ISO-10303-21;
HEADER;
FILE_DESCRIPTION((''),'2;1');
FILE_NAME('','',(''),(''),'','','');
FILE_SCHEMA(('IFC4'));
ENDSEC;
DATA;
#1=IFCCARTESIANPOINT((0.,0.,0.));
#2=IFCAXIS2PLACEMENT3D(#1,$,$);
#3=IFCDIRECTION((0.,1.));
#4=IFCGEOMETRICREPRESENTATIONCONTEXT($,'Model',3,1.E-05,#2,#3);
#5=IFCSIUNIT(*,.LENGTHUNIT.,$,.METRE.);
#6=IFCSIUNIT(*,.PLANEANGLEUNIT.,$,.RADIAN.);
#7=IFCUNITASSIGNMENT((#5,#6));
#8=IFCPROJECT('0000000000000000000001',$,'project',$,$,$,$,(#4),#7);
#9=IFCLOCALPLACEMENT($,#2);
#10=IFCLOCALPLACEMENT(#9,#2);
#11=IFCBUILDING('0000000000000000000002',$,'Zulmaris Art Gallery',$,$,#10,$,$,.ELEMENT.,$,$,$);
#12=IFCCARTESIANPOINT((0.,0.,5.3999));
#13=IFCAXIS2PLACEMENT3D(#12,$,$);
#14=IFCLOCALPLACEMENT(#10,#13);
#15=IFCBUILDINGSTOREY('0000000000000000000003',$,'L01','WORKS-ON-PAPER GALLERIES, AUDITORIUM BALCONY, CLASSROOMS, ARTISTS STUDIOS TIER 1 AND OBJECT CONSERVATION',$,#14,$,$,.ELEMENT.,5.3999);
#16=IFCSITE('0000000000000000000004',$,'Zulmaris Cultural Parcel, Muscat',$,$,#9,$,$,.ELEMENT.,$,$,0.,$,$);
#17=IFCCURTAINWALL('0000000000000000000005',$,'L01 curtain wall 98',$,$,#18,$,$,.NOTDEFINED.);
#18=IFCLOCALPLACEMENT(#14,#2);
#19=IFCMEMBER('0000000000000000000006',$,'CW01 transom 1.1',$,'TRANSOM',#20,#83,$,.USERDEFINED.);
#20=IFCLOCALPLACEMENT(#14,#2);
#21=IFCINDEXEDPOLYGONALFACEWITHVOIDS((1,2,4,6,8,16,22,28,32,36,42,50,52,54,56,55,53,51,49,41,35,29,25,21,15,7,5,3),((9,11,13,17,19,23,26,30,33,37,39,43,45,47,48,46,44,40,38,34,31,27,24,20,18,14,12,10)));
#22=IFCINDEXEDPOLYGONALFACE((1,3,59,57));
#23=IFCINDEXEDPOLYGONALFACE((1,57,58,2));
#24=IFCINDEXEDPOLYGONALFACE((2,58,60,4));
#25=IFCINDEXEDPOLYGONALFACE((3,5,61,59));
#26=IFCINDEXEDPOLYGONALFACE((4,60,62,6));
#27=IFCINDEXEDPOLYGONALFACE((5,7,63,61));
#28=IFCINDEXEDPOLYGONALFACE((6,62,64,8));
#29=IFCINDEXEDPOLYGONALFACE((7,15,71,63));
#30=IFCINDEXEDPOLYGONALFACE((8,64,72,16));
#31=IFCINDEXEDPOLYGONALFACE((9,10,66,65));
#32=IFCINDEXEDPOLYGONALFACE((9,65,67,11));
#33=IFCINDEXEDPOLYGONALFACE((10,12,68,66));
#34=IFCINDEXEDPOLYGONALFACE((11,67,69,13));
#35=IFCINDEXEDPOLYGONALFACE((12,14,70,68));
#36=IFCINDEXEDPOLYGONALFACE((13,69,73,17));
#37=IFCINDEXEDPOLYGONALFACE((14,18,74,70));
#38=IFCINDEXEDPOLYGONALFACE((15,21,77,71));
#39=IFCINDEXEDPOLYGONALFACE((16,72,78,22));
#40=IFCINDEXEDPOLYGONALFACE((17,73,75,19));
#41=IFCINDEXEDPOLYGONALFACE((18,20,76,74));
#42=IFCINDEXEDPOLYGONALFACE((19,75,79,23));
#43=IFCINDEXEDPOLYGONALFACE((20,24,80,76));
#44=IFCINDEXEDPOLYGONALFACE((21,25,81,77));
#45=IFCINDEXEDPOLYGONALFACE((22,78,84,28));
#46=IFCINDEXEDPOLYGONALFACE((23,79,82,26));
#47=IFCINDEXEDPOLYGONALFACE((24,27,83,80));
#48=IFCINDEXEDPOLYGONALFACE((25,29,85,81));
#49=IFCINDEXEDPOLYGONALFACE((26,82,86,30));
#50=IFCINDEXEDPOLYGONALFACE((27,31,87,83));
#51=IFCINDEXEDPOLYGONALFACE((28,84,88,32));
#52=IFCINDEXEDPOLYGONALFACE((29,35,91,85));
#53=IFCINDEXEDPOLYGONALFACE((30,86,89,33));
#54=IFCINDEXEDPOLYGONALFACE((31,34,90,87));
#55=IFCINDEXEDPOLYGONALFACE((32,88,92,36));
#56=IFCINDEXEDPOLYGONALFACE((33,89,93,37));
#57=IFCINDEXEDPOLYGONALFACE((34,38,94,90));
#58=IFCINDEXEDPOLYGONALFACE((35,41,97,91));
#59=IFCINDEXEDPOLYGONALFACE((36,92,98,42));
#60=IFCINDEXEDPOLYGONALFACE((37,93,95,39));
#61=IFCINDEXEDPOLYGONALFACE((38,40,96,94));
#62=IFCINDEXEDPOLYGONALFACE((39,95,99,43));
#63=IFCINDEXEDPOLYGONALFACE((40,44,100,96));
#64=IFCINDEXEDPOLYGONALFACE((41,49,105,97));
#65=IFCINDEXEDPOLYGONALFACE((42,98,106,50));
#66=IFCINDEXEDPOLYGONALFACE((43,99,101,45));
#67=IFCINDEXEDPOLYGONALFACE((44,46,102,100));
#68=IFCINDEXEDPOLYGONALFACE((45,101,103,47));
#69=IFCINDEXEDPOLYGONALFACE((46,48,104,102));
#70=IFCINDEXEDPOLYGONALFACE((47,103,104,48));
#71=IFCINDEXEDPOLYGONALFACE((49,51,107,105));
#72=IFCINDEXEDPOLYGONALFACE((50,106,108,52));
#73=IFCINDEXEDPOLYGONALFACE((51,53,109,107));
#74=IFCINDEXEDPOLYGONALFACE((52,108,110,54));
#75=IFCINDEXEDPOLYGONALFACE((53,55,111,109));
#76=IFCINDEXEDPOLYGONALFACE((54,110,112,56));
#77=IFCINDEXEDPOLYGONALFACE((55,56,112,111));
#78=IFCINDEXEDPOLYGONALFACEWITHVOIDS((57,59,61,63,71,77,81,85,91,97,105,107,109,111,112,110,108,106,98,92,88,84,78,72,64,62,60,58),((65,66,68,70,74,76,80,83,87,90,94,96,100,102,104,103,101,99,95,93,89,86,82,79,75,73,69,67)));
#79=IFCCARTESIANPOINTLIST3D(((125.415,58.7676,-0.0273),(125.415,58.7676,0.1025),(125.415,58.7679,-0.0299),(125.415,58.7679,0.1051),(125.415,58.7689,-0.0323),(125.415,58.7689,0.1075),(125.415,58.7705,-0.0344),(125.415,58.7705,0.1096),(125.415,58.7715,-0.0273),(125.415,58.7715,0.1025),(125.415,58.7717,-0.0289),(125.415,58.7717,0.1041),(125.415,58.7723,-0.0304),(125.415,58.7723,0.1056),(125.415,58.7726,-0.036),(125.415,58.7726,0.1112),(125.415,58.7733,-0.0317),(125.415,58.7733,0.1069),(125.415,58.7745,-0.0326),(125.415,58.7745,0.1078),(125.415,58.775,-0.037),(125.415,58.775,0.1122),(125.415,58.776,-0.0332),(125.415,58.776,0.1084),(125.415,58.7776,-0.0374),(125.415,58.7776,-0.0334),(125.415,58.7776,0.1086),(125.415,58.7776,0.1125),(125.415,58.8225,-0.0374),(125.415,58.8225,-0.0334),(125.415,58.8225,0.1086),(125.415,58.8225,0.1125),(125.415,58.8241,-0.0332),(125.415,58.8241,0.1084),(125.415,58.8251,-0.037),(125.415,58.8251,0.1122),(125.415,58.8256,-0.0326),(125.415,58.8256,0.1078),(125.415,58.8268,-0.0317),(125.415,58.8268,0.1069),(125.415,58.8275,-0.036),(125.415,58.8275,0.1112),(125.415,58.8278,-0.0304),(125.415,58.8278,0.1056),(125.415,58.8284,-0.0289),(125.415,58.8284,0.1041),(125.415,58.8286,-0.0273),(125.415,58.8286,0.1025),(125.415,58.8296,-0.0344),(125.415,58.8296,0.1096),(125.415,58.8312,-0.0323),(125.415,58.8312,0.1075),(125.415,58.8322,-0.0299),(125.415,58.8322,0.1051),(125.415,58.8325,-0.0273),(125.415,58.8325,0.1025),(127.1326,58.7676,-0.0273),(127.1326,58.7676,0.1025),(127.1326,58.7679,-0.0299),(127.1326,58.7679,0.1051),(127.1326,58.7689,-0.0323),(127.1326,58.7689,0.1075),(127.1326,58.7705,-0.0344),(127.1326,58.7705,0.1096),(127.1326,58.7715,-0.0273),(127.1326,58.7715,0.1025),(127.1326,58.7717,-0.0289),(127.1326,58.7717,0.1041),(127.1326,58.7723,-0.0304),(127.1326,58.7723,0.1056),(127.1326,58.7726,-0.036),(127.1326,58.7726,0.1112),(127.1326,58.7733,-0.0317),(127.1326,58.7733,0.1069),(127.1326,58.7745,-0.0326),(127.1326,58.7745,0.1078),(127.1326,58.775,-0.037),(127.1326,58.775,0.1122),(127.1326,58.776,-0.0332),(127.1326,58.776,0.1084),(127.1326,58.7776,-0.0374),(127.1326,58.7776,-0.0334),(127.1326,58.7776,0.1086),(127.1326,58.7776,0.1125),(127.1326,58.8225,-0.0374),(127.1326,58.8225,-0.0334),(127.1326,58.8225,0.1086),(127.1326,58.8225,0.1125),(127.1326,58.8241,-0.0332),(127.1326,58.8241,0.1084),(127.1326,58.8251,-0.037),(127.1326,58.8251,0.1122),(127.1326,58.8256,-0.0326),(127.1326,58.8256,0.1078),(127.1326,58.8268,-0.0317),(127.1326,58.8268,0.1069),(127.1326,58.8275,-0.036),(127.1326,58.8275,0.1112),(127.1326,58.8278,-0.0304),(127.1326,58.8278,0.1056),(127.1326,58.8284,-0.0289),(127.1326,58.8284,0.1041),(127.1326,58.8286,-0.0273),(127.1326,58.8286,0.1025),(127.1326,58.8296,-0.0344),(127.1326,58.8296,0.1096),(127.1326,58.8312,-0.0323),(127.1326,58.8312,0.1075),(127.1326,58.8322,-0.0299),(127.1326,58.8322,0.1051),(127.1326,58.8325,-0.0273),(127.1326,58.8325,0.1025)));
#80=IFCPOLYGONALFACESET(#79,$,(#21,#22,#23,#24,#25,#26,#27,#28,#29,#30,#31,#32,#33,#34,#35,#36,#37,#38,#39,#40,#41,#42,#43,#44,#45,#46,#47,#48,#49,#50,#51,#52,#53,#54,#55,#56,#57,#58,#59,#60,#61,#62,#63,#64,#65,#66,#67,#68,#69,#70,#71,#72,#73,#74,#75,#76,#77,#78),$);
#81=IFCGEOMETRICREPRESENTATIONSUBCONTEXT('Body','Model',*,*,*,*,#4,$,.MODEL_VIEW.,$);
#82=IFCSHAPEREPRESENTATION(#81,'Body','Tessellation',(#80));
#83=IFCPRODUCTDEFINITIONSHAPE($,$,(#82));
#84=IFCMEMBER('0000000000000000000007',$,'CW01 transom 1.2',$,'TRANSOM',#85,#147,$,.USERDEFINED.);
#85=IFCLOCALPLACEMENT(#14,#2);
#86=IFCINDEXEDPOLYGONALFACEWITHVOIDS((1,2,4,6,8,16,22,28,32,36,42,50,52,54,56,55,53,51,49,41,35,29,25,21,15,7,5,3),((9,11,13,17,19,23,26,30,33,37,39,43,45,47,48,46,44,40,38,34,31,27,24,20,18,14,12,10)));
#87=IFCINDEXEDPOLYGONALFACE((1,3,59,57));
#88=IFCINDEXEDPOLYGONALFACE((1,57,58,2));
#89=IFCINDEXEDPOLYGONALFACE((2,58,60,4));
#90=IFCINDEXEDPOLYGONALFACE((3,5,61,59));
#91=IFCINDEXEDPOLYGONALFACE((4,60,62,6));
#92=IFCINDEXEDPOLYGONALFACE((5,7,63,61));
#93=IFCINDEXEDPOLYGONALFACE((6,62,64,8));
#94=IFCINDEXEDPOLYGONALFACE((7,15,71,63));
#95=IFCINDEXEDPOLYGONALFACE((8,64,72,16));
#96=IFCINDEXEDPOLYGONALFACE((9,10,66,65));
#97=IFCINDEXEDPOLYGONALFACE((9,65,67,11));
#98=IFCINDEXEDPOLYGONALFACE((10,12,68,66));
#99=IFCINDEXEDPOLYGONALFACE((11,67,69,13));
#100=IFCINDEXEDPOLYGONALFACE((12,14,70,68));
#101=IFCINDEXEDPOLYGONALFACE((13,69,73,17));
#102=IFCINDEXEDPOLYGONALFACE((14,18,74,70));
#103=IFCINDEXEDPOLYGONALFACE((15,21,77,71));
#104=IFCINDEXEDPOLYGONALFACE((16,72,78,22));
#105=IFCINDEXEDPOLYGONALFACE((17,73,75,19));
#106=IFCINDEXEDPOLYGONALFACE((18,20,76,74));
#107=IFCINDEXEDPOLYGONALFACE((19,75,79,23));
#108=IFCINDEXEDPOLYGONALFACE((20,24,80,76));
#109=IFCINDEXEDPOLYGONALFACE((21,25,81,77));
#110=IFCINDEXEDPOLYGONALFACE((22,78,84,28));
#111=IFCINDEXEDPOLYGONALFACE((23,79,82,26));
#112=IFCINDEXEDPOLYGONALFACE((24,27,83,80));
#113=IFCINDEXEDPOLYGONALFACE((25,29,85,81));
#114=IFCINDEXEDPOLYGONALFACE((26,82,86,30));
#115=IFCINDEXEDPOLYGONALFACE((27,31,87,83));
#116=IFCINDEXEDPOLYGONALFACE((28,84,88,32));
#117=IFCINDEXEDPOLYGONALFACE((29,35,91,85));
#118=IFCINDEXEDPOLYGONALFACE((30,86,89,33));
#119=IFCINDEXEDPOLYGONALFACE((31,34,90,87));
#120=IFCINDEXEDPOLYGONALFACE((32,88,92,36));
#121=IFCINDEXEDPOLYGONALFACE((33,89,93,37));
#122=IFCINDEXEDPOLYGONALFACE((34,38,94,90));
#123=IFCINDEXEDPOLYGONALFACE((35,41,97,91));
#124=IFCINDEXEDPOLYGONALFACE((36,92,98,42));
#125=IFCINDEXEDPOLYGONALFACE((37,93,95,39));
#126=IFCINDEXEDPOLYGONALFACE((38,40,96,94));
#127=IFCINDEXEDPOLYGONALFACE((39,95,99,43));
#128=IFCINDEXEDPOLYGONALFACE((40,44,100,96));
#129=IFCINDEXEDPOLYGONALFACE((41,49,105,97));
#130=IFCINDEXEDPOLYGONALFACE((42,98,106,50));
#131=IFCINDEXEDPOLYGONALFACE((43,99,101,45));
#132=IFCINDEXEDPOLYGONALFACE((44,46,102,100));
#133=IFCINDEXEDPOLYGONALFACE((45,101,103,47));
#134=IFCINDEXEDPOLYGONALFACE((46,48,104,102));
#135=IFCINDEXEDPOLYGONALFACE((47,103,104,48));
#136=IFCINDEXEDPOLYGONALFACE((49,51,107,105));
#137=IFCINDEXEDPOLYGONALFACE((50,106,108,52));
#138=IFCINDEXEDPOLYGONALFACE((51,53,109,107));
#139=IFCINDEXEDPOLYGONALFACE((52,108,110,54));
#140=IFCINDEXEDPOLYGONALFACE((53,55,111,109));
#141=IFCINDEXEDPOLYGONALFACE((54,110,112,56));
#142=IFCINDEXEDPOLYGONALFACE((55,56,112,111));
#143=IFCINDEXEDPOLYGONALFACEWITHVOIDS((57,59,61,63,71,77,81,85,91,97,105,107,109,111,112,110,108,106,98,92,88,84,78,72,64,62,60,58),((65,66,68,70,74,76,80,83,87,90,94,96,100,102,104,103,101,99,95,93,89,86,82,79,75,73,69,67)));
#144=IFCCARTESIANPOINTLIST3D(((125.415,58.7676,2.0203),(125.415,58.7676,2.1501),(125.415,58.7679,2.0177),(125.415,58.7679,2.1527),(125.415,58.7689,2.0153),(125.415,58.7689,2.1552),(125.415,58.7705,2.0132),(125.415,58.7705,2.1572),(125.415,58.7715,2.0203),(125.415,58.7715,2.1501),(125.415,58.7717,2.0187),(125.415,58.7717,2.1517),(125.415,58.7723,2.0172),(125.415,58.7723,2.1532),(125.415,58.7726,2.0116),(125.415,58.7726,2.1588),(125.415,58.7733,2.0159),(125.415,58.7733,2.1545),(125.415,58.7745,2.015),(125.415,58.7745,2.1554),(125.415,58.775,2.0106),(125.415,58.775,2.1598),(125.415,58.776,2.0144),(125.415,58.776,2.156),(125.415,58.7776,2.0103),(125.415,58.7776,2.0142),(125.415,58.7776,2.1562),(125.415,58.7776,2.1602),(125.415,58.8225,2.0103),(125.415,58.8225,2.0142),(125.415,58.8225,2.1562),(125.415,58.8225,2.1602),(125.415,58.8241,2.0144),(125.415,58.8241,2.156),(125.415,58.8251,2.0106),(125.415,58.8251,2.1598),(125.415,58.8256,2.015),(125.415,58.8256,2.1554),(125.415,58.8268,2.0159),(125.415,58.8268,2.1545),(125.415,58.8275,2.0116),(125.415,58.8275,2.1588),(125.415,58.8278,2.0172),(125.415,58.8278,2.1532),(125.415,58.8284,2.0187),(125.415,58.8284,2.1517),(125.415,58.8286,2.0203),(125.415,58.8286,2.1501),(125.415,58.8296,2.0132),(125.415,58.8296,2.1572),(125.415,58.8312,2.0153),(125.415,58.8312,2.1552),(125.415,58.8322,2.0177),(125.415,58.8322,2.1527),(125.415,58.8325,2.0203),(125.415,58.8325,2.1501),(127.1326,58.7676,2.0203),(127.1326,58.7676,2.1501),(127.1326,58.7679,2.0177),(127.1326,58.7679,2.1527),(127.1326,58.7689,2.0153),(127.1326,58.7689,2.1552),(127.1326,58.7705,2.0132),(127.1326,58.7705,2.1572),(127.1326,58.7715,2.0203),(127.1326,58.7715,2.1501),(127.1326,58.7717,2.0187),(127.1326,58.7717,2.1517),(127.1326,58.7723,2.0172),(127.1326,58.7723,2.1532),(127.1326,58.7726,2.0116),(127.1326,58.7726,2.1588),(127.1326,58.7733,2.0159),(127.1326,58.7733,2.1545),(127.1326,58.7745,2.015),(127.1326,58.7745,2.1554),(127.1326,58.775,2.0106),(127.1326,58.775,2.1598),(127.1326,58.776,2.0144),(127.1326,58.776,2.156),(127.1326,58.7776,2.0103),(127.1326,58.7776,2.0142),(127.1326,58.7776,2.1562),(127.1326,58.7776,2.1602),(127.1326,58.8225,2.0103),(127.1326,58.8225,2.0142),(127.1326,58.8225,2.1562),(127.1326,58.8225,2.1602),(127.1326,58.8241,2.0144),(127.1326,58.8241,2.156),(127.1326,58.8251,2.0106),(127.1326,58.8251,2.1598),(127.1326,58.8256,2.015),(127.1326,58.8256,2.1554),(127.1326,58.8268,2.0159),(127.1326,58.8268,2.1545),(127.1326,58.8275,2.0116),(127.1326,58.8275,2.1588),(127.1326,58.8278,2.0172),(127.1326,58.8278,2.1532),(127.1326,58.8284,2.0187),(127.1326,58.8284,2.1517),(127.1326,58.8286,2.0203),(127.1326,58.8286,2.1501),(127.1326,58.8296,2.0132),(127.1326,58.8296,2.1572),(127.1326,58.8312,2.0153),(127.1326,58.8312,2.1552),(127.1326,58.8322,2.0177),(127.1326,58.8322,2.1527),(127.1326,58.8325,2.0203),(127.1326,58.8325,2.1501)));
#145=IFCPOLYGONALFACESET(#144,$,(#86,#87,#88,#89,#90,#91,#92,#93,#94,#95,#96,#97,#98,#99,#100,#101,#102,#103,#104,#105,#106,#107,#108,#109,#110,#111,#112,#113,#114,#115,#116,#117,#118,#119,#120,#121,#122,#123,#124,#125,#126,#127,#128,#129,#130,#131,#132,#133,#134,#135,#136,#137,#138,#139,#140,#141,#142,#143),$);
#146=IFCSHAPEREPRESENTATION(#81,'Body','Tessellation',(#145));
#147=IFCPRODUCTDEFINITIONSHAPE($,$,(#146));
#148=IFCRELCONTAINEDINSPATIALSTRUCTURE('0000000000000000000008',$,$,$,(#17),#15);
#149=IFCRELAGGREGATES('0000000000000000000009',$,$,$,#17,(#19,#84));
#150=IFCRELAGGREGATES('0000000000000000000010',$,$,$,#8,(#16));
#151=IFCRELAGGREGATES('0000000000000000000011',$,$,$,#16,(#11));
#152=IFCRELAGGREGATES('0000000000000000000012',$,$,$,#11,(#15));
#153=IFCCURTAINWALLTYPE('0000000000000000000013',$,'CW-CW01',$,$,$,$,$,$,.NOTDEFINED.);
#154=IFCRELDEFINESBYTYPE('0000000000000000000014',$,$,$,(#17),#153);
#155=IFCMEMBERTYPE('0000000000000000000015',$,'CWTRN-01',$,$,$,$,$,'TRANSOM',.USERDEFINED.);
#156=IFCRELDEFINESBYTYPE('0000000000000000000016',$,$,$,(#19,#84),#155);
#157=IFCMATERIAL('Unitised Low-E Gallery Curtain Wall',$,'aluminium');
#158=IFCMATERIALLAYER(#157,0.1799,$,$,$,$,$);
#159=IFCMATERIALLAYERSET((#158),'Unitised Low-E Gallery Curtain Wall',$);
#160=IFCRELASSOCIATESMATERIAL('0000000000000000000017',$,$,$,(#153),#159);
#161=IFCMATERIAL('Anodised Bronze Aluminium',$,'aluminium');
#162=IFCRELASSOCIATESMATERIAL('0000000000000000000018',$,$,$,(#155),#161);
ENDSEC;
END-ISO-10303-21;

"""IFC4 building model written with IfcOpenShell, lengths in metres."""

from ifc_helpers import new_model, si_unit, direction, frame, origin, origin_2d, place, context, subcontext, project, spatial, hollow_rectangle, extrude, material, layer, layer_set, material_profile, profile_set, type_object, element, aggregate, save


model = new_model("IFC4")

# Units and contexts
model_context = context("Model", 3, precision=1e-05, world=origin(), true_north=direction((0.0, 1.0)))
body_context = subcontext(model_context, "Body", "Model", "MODEL_VIEW")
ifc_project = project(units=[si_unit("LENGTHUNIT", "METRE"), si_unit("PLANEANGLEUNIT", "RADIAN")], contexts=[model_context])

# Site, building, storey
site_placement = place(None, origin())
site = spatial("IfcSite", under=ifc_project, at=site_placement, Name="Zulmaris Cultural Parcel, Muscat", CompositionType="ELEMENT", RefElevation=0.0)
building_placement = place(site_placement, origin())
building = spatial("IfcBuilding", under=site, at=building_placement, Name="Zulmaris Art Gallery", CompositionType="ELEMENT")
storey_placement = place(building_placement, frame((0.0, 0.0, 5.3999)))
storey = spatial("IfcBuildingStorey", under=building, at=storey_placement, Name="L01", Description="WORKS-ON-PAPER GALLERIES, AUDITORIUM BALCONY, CLASSROOMS, ARTISTS STUDIOS TIER 1 AND OBJECT CONSERVATION", CompositionType="ELEMENT", Elevation=5.3999)

# Curtain wall
ifc_material_1 = material(Name="Unitised Low-E Gallery Curtain Wall", Category="aluminium")
ifc_layer_1 = layer(ifc_material_1, 0.1799)
ifc_layer_set_1 = layer_set([ifc_layer_1], Name="Unitised Low-E Gallery Curtain Wall")
curtain_wall_type = type_object("IfcCurtainWallType", Name="CW-CW01", PredefinedType="NOTDEFINED", material=ifc_layer_set_1)
ifc_material_2 = material(Name="Anodised Bronze Aluminium", Category="aluminium")
curtain_wall_1_placement = place(storey_placement, origin())
curtain_wall_1 = element("IfcCurtainWall", 1, at=curtain_wall_1_placement, inside=storey, type_object=curtain_wall_type, Name="L01 curtain wall 98", PredefinedType="NOTDEFINED")

# Members
ifc_material_profile_1 = material_profile(ifc_material_2, hollow_rectangle(XDim=0.0649, YDim=0.1499, WallThickness=0.0039, InnerFilletRadius=0.0061, OuterFilletRadius=0.01, at=origin_2d()), Name="ALU 65x150x4")
ifc_profile_set_1 = profile_set([ifc_material_profile_1], Name="Anodised Bronze Aluminium")
member_type_1 = type_object("IfcMemberType", Name="CWTRN-01", ElementType="TRANSOM", PredefinedType="USERDEFINED", material=ifc_profile_set_1)
member_1_placement = place(storey_placement, frame((125.415, 58.8, 0.0376), z_axis=(1.0, 0.0, 0.0), x_axis=(0.0, 1.0, 0.0)))
member_1 = element("IfcMember", 2, at=member_1_placement, type_object=member_type_1, Name="CW01 transom 1.1", ObjectType="TRANSOM", PredefinedType="USERDEFINED", context=body_context, shape_type="SweptSolid", body=[
    extrude(hollow_rectangle(XDim=0.0649, YDim=0.1499, WallThickness=0.0039, InnerFilletRadius=0.0061, OuterFilletRadius=0.01, at=origin_2d()), origin(), (0.0, 0.0, 1.0), 1.7175),
])
member_2_placement = place(storey_placement, frame((125.415, 58.8, 2.0852), z_axis=(1.0, 0.0, 0.0), x_axis=(0.0, 1.0, 0.0)))
member_2 = element("IfcMember", 3, at=member_2_placement, type_object=member_type_1, Name="CW01 transom 1.2", ObjectType="TRANSOM", PredefinedType="USERDEFINED", context=body_context, shape_type="SweptSolid", body=[
    extrude(hollow_rectangle(XDim=0.0649, YDim=0.1499, WallThickness=0.0039, InnerFilletRadius=0.0061, OuterFilletRadius=0.01, at=origin_2d()), origin(), (0.0, 0.0, 1.0), 1.7175),
])
aggregate(curtain_wall_1, [member_1, member_2])

save(model, "model.ifc")
